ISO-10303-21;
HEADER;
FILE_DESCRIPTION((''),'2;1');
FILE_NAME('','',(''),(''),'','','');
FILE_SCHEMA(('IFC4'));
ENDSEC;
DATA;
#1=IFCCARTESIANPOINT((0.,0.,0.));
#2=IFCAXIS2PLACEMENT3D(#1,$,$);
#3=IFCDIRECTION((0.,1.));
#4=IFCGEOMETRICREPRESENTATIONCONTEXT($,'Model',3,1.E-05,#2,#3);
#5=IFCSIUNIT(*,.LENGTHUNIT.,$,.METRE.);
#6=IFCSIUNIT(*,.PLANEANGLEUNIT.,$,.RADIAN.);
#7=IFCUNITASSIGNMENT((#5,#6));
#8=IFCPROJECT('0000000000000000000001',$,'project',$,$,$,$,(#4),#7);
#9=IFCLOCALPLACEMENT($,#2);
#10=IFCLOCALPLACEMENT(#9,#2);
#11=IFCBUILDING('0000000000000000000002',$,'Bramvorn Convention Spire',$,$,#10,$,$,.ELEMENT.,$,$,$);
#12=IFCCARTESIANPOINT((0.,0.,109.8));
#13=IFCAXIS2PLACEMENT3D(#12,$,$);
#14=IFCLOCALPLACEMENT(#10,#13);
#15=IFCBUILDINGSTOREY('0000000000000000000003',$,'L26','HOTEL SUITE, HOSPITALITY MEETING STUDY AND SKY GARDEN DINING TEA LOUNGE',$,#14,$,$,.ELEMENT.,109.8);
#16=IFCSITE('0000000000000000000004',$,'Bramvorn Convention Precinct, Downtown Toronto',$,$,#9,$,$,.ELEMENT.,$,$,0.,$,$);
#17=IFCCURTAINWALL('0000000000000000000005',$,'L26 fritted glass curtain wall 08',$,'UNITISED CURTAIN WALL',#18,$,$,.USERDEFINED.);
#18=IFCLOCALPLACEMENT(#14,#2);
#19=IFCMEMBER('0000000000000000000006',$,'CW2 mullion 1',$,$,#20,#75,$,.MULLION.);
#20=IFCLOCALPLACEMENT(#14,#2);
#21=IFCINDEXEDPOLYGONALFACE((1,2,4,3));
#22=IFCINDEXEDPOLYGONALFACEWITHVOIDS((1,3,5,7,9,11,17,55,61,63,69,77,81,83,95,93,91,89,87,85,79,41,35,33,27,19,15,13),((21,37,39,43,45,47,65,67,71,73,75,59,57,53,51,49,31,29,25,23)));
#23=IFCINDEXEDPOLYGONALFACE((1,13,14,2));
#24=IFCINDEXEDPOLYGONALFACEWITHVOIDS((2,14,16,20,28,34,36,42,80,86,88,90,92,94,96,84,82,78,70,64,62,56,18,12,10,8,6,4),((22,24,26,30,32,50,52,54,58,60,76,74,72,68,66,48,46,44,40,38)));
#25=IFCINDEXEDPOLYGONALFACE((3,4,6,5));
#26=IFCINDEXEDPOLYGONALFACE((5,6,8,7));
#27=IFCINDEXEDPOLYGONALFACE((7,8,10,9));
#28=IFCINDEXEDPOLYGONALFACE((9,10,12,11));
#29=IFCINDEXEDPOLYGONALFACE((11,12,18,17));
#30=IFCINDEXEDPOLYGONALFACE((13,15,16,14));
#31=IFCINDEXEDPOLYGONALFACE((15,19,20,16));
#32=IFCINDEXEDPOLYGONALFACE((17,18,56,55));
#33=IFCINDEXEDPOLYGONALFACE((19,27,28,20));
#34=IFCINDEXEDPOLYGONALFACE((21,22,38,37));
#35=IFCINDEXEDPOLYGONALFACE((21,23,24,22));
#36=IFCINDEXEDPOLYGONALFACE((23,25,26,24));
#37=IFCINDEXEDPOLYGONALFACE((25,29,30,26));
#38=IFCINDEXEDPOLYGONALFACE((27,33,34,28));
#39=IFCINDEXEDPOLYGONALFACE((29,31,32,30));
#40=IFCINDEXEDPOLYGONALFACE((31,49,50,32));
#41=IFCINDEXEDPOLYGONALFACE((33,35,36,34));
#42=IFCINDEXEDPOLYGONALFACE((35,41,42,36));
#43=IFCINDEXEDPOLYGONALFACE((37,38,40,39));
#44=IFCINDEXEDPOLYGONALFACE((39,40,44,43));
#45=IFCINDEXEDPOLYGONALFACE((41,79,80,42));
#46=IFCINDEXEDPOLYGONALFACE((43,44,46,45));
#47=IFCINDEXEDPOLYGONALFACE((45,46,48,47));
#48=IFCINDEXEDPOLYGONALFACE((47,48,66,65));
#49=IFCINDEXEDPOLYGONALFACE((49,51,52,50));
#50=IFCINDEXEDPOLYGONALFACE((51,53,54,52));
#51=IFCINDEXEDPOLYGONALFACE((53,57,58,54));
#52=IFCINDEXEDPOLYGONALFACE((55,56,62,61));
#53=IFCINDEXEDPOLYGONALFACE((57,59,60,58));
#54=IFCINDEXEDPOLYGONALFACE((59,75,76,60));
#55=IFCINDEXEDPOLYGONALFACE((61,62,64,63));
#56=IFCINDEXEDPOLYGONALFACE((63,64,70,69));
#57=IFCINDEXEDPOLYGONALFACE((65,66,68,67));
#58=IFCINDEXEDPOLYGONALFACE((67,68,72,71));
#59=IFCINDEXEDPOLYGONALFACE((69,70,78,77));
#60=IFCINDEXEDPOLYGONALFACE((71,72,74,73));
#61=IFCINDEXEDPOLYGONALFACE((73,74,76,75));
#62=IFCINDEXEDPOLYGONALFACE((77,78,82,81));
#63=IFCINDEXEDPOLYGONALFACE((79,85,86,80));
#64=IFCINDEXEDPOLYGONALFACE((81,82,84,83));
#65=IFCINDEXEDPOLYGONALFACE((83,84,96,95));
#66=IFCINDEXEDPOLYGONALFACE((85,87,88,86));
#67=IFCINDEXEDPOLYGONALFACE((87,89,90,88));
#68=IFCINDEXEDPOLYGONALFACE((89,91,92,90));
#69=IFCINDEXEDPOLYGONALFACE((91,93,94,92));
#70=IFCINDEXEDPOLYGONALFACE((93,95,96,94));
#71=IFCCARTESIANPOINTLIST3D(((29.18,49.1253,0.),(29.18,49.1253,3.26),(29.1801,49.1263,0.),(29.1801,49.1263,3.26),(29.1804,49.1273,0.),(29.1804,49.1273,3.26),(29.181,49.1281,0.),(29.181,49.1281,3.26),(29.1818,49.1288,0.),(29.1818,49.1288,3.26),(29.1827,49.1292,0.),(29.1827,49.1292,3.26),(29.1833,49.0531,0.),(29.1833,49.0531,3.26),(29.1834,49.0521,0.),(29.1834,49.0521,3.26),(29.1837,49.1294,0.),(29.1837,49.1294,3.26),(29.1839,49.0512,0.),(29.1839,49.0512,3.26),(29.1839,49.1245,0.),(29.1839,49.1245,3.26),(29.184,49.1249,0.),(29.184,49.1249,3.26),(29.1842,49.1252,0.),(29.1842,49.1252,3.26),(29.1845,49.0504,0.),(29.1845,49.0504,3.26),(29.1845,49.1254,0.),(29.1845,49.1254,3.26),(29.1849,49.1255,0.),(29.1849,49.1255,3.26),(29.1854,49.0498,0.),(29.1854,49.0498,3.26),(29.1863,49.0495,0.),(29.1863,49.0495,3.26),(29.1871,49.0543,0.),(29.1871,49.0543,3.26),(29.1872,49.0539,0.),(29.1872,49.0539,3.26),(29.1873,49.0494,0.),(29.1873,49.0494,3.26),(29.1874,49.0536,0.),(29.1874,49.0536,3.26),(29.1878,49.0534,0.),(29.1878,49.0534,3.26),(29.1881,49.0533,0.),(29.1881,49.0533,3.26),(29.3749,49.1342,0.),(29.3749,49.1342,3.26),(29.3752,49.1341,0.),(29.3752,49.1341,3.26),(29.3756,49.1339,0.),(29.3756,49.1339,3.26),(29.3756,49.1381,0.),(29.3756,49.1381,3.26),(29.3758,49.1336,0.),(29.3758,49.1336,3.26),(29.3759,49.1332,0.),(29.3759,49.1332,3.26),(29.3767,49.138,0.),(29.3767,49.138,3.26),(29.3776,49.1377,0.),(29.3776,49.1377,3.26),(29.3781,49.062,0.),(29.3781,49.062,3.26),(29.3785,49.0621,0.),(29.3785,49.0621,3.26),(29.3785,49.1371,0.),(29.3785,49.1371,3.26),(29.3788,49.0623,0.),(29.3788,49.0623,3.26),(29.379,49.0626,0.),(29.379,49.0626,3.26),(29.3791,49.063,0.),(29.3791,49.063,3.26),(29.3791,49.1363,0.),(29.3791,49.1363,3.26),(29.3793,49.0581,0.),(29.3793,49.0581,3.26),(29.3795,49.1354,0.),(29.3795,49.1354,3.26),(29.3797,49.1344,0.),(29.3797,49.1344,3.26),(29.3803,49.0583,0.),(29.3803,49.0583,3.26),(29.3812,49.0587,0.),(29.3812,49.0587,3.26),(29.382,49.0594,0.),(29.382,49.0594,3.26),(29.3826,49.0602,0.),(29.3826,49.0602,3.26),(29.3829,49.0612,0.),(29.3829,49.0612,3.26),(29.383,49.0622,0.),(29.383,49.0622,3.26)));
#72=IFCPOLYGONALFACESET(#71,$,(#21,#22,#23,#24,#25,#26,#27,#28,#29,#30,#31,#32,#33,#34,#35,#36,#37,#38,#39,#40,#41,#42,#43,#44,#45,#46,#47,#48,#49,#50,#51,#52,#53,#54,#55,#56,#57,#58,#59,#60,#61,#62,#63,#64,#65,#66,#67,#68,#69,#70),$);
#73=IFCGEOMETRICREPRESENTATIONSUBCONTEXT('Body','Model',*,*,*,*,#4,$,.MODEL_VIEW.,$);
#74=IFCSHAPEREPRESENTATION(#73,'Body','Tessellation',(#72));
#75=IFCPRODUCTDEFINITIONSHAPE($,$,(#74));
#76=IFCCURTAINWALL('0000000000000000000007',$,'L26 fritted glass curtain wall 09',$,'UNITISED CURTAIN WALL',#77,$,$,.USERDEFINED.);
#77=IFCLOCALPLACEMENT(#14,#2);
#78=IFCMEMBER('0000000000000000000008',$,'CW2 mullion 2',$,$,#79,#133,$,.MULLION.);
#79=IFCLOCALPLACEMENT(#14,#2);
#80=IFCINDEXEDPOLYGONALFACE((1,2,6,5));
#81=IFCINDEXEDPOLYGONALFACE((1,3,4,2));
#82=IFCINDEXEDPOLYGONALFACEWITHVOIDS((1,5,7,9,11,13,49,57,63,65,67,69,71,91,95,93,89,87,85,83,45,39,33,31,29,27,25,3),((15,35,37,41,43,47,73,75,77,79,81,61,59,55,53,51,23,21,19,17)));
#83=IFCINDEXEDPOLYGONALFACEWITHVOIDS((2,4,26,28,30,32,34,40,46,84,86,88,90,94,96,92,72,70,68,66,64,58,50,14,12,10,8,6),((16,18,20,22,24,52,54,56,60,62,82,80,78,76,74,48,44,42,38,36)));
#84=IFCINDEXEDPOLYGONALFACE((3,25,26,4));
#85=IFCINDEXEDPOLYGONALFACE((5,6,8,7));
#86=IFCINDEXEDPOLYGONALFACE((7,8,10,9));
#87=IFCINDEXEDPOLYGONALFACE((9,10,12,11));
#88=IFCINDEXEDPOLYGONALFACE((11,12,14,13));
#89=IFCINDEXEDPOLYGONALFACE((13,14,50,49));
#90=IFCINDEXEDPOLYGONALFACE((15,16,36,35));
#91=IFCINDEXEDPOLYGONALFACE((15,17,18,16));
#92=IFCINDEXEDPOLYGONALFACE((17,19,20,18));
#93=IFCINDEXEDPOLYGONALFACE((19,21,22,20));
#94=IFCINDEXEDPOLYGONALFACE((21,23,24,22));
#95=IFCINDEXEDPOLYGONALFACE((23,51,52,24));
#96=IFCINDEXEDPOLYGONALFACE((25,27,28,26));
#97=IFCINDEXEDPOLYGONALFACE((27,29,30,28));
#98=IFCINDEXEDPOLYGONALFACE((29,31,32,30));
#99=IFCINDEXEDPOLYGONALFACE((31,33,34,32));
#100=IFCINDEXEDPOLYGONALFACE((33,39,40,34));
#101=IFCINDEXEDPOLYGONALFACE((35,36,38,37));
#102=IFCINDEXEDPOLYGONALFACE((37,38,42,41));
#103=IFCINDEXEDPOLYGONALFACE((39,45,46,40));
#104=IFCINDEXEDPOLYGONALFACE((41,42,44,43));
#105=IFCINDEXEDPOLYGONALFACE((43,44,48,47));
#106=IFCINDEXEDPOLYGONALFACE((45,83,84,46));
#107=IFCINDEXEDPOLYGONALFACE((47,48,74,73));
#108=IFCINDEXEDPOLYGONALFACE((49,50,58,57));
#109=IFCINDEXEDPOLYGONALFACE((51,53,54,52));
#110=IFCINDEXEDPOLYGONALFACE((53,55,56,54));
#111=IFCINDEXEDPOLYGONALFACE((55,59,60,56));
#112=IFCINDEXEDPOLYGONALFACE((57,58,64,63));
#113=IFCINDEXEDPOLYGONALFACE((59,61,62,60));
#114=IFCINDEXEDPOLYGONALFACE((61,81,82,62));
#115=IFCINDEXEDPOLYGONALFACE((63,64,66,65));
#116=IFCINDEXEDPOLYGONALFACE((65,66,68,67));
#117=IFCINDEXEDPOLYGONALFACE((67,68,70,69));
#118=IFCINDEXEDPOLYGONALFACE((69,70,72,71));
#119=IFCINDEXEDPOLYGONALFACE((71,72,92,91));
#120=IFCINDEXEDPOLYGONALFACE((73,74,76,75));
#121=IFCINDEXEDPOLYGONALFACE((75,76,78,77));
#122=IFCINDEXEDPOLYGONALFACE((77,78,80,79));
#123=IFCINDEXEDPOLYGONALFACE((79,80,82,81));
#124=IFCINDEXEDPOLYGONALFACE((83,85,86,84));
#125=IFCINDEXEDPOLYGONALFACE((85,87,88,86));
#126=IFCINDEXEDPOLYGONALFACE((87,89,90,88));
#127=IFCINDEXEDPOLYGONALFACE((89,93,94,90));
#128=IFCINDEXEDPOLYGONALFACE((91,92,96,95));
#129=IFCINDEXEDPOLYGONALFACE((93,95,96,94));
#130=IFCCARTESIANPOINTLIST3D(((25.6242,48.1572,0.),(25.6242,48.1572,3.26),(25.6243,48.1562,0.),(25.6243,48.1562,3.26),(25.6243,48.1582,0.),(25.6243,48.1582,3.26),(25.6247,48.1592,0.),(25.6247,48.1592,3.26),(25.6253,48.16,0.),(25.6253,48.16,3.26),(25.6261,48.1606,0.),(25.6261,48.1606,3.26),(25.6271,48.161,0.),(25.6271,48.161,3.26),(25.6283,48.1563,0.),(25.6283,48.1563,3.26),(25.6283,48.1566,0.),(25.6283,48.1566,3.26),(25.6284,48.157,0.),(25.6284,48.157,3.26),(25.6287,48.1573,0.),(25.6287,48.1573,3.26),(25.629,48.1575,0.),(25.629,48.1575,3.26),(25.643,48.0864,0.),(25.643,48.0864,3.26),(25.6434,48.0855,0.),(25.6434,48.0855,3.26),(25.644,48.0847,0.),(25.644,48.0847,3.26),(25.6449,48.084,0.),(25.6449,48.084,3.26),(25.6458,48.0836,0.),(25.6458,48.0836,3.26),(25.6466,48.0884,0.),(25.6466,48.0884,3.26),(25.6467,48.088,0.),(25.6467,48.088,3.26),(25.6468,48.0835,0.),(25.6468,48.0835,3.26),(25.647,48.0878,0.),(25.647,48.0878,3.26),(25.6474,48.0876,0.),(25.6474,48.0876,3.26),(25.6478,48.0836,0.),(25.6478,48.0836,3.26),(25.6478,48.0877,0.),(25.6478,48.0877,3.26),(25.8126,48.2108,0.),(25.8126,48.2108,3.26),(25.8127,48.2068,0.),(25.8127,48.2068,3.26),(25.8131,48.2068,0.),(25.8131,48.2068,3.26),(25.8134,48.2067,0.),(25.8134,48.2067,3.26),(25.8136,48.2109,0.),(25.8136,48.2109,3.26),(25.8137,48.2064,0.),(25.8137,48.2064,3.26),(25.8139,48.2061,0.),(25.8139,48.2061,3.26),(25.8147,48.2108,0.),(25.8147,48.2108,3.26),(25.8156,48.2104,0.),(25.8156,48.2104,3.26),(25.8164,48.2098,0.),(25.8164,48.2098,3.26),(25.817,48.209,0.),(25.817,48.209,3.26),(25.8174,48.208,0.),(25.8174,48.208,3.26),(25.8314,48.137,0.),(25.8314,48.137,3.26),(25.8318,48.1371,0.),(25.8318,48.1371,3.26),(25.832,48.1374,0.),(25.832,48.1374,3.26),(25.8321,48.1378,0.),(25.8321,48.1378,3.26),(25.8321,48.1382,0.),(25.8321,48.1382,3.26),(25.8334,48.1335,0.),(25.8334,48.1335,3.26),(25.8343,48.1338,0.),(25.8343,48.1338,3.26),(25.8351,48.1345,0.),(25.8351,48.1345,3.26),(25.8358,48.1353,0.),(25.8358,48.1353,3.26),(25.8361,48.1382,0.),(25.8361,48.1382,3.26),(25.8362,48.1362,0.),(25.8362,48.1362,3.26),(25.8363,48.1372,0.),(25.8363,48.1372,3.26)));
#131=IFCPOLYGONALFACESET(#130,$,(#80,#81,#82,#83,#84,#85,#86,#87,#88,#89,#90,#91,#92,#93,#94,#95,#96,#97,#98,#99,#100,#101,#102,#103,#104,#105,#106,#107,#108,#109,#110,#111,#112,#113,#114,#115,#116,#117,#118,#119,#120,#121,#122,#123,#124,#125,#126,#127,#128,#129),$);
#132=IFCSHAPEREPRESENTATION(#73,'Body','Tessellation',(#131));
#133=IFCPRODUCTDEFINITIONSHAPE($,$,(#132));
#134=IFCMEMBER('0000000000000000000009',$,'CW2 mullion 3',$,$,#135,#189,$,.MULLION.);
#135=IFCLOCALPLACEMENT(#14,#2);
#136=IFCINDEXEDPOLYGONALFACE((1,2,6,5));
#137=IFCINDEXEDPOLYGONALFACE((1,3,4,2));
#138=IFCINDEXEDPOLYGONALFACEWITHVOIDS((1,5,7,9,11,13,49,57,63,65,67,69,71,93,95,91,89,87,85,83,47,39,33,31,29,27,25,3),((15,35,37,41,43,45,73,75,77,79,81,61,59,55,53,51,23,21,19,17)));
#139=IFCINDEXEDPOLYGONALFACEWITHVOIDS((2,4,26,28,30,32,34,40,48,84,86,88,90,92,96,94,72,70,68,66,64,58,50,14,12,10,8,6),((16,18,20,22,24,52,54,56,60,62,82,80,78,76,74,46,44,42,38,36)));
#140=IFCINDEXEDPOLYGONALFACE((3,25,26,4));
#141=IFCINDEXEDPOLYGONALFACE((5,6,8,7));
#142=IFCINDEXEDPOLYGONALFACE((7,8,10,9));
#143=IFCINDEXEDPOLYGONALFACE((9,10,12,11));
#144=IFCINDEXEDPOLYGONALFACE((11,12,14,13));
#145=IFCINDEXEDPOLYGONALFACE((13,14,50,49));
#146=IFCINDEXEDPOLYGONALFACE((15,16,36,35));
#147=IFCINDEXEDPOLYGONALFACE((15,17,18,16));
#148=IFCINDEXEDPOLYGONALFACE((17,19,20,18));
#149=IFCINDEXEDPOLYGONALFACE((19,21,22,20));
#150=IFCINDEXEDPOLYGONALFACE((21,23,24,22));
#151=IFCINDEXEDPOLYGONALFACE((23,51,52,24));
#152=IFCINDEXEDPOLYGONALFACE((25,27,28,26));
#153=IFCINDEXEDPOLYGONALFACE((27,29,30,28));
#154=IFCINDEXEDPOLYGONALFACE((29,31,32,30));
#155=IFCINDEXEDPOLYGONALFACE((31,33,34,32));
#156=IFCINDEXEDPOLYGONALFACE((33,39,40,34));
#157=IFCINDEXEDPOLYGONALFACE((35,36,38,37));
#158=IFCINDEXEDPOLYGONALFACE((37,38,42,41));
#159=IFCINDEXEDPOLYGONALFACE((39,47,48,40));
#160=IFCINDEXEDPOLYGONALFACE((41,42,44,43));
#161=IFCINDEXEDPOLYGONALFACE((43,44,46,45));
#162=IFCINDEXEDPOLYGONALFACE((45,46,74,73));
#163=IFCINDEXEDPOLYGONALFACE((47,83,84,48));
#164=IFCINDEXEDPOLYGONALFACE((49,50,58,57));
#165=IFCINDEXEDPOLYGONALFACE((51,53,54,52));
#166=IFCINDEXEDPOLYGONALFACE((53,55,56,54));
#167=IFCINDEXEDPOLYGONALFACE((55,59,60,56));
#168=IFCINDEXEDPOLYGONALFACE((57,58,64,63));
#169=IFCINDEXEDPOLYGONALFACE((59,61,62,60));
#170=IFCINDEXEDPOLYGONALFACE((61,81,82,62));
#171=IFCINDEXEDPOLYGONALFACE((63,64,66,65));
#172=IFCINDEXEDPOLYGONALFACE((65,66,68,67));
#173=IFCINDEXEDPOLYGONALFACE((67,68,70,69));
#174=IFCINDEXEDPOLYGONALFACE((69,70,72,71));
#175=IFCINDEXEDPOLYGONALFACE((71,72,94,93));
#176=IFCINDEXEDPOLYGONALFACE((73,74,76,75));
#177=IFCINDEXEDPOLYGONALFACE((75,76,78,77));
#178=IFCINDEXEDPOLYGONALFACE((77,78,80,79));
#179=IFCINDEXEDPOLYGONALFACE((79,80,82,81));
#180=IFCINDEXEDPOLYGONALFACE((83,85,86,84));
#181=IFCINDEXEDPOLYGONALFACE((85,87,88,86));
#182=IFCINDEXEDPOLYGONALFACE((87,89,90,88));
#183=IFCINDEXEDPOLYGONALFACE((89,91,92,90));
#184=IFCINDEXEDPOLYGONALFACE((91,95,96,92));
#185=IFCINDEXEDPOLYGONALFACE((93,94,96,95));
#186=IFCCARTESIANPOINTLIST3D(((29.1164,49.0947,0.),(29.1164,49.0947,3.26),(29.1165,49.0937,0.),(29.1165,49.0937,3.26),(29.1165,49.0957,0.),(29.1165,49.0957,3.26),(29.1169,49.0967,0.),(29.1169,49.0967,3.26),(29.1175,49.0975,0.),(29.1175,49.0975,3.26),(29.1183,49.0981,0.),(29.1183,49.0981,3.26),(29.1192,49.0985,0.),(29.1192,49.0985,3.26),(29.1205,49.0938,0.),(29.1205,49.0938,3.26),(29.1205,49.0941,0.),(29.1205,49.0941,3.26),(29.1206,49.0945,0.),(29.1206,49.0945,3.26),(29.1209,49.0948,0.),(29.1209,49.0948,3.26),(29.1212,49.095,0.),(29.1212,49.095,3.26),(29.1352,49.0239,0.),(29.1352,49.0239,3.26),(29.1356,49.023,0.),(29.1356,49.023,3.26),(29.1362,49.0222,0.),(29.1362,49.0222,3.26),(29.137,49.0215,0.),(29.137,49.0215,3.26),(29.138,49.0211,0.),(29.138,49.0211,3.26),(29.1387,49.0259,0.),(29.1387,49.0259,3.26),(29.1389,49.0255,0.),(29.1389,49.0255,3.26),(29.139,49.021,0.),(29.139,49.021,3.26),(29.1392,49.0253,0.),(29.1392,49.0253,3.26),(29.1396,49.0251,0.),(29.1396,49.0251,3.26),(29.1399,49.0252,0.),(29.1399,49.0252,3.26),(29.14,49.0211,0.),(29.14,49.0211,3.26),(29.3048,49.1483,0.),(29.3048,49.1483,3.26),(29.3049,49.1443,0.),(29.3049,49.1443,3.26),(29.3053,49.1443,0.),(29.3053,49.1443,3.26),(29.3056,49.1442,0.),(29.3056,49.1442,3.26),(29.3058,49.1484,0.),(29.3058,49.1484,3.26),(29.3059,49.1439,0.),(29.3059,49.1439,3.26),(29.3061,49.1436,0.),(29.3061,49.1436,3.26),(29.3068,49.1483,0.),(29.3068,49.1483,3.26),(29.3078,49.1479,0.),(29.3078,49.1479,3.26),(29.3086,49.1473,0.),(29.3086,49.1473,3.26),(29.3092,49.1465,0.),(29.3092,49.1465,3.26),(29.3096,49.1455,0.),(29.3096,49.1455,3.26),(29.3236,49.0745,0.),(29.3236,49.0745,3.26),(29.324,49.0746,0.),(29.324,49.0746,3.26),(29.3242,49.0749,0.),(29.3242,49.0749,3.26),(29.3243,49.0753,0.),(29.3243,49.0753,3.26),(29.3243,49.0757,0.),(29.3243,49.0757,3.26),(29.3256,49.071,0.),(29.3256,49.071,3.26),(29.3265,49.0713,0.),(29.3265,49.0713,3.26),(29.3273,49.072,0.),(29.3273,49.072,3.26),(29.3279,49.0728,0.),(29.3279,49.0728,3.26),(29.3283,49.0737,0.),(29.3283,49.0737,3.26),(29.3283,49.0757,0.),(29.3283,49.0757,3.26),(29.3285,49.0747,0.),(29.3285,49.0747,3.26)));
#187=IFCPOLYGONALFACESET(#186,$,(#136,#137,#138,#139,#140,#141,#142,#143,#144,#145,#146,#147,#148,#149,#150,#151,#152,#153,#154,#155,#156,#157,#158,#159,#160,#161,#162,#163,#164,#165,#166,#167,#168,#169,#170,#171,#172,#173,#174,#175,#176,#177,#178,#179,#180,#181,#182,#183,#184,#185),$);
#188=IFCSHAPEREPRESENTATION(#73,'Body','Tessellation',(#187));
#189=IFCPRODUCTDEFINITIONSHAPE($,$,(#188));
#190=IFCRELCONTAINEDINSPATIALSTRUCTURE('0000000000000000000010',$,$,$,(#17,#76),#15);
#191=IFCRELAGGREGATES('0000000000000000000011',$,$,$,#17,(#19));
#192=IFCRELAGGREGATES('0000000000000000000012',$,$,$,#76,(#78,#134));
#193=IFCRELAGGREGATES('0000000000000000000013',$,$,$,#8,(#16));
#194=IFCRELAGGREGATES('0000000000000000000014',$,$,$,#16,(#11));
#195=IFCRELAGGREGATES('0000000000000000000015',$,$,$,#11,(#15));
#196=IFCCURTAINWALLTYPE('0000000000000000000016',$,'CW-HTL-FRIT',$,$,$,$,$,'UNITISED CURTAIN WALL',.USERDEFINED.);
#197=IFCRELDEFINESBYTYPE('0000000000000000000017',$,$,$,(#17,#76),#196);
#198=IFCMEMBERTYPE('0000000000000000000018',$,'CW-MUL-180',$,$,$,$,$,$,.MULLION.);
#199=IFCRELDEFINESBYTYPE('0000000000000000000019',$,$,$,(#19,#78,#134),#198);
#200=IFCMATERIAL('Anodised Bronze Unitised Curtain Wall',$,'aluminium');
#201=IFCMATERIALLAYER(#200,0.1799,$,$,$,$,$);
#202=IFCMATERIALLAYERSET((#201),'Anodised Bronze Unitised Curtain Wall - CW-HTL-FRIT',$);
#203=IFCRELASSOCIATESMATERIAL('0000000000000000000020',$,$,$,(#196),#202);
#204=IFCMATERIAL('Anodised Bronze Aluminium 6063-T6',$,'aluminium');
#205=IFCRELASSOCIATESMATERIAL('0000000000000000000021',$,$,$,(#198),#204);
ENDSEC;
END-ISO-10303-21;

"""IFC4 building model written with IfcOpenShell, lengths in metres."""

from ifc_helpers import new_model, si_unit, direction, frame, origin, origin_2d, place, context, subcontext, project, spatial, hollow_rectangle, extrude, material, layer, layer_set, material_profile, profile_set, type_object, element, aggregate, save


model = new_model("IFC4")

# Units and contexts
model_context = context("Model", 3, precision=1e-05, world=origin(), true_north=direction((0.0, 1.0)))
body_context = subcontext(model_context, "Body", "Model", "MODEL_VIEW")
ifc_project = project(units=[si_unit("LENGTHUNIT", "METRE"), si_unit("PLANEANGLEUNIT", "RADIAN")], contexts=[model_context])

# Site, building, storey
site_placement = place(None, origin())
site = spatial("IfcSite", under=ifc_project, at=site_placement, Name="Bramvorn Convention Precinct, Downtown Toronto", CompositionType="ELEMENT", RefElevation=0.0)
building_placement = place(site_placement, origin())
building = spatial("IfcBuilding", under=site, at=building_placement, Name="Bramvorn Convention Spire", CompositionType="ELEMENT")
storey_placement = place(building_placement, frame((0.0, 0.0, 109.8)))
storey = spatial("IfcBuildingStorey", under=building, at=storey_placement, Name="L26", Description="HOTEL SUITE, HOSPITALITY MEETING STUDY AND SKY GARDEN DINING TEA LOUNGE", CompositionType="ELEMENT", Elevation=109.8)

# Curtain wall, member
ifc_material_1 = material(Name="Anodised Bronze Unitised Curtain Wall", Category="aluminium")
ifc_layer_1 = layer(ifc_material_1, 0.1799)
ifc_layer_set_1 = layer_set([ifc_layer_1], Name="Anodised Bronze Unitised Curtain Wall - CW-HTL-FRIT")
curtain_wall_type = type_object("IfcCurtainWallType", Name="CW-HTL-FRIT", ElementType="UNITISED CURTAIN WALL", PredefinedType="USERDEFINED", material=ifc_layer_set_1)
curtain_wall_1_placement = place(storey_placement, origin())
curtain_wall_1 = element("IfcCurtainWall", 1, at=curtain_wall_1_placement, inside=storey, type_object=curtain_wall_type, Name="L26 fritted glass curtain wall 08", ObjectType="UNITISED CURTAIN WALL", PredefinedType="USERDEFINED")
ifc_material_2 = material(Name="Anodised Bronze Aluminium 6063-T6", Category="aluminium")
ifc_material_profile_1 = material_profile(ifc_material_2, hollow_rectangle(XDim=0.0801, YDim=0.2, WallThickness=0.0039, InnerFilletRadius=0.001, OuterFilletRadius=0.0039, at=origin_2d()))
ifc_profile_set_1 = profile_set([ifc_material_profile_1], Name="Anodised Bronze Aluminium 6063-T6 - CWM80X200")
member_type_1 = type_object("IfcMemberType", Name="CW-MUL-180", PredefinedType="MULLION", material=ifc_profile_set_1)
member_1_placement = place(storey_placement, frame((29.2815, 49.0938, 0.0), z_axis=(0.0, 0.0, 1.0), x_axis=(-0.045355, 0.998971, 0.0)))
member_1 = element("IfcMember", 2, at=member_1_placement, type_object=member_type_1, Name="CW2 mullion 1", PredefinedType="MULLION", context=body_context, shape_type="SweptSolid", body=[
    extrude(hollow_rectangle(XDim=0.0801, YDim=0.2, WallThickness=0.0039, InnerFilletRadius=0.001, OuterFilletRadius=0.0039, at=origin_2d()), origin(), (0.0, 0.0, 1.0), 3.26),
])

# Curtain wall, members
curtain_wall_2_placement = place(storey_placement, origin())
curtain_wall_2 = element("IfcCurtainWall", 3, at=curtain_wall_2_placement, inside=storey, type_object=curtain_wall_type, Name="L26 fritted glass curtain wall 09", ObjectType="UNITISED CURTAIN WALL", PredefinedType="USERDEFINED")
member_2_placement = place(storey_placement, frame((25.7302, 48.1472, 0.0), z_axis=(0.0, 0.0, 1.0), x_axis=(-0.25925, 0.96581, 0.0)))
member_2 = element("IfcMember", 4, at=member_2_placement, type_object=member_type_1, Name="CW2 mullion 2", PredefinedType="MULLION", context=body_context, shape_type="SweptSolid", body=[
    extrude(hollow_rectangle(XDim=0.0801, YDim=0.2, WallThickness=0.0039, InnerFilletRadius=0.001, OuterFilletRadius=0.0039, at=origin_2d()), origin(), (0.0, 0.0, 1.0), 3.26),
])
member_3_placement = place(storey_placement, frame((29.2224, 49.0847, 0.0), z_axis=(0.0, 0.0, 1.0), x_axis=(-0.25925, 0.96581, 0.0)))
member_3 = element("IfcMember", 5, at=member_3_placement, type_object=member_type_1, Name="CW2 mullion 3", PredefinedType="MULLION", context=body_context, shape_type="SweptSolid", body=[
    extrude(hollow_rectangle(XDim=0.0801, YDim=0.2, WallThickness=0.0039, InnerFilletRadius=0.001, OuterFilletRadius=0.0039, at=origin_2d()), origin(), (0.0, 0.0, 1.0), 3.26),
])

aggregate(curtain_wall_1, [member_1])

aggregate(curtain_wall_2, [member_2, member_3])

save(model, "model.ifc")
